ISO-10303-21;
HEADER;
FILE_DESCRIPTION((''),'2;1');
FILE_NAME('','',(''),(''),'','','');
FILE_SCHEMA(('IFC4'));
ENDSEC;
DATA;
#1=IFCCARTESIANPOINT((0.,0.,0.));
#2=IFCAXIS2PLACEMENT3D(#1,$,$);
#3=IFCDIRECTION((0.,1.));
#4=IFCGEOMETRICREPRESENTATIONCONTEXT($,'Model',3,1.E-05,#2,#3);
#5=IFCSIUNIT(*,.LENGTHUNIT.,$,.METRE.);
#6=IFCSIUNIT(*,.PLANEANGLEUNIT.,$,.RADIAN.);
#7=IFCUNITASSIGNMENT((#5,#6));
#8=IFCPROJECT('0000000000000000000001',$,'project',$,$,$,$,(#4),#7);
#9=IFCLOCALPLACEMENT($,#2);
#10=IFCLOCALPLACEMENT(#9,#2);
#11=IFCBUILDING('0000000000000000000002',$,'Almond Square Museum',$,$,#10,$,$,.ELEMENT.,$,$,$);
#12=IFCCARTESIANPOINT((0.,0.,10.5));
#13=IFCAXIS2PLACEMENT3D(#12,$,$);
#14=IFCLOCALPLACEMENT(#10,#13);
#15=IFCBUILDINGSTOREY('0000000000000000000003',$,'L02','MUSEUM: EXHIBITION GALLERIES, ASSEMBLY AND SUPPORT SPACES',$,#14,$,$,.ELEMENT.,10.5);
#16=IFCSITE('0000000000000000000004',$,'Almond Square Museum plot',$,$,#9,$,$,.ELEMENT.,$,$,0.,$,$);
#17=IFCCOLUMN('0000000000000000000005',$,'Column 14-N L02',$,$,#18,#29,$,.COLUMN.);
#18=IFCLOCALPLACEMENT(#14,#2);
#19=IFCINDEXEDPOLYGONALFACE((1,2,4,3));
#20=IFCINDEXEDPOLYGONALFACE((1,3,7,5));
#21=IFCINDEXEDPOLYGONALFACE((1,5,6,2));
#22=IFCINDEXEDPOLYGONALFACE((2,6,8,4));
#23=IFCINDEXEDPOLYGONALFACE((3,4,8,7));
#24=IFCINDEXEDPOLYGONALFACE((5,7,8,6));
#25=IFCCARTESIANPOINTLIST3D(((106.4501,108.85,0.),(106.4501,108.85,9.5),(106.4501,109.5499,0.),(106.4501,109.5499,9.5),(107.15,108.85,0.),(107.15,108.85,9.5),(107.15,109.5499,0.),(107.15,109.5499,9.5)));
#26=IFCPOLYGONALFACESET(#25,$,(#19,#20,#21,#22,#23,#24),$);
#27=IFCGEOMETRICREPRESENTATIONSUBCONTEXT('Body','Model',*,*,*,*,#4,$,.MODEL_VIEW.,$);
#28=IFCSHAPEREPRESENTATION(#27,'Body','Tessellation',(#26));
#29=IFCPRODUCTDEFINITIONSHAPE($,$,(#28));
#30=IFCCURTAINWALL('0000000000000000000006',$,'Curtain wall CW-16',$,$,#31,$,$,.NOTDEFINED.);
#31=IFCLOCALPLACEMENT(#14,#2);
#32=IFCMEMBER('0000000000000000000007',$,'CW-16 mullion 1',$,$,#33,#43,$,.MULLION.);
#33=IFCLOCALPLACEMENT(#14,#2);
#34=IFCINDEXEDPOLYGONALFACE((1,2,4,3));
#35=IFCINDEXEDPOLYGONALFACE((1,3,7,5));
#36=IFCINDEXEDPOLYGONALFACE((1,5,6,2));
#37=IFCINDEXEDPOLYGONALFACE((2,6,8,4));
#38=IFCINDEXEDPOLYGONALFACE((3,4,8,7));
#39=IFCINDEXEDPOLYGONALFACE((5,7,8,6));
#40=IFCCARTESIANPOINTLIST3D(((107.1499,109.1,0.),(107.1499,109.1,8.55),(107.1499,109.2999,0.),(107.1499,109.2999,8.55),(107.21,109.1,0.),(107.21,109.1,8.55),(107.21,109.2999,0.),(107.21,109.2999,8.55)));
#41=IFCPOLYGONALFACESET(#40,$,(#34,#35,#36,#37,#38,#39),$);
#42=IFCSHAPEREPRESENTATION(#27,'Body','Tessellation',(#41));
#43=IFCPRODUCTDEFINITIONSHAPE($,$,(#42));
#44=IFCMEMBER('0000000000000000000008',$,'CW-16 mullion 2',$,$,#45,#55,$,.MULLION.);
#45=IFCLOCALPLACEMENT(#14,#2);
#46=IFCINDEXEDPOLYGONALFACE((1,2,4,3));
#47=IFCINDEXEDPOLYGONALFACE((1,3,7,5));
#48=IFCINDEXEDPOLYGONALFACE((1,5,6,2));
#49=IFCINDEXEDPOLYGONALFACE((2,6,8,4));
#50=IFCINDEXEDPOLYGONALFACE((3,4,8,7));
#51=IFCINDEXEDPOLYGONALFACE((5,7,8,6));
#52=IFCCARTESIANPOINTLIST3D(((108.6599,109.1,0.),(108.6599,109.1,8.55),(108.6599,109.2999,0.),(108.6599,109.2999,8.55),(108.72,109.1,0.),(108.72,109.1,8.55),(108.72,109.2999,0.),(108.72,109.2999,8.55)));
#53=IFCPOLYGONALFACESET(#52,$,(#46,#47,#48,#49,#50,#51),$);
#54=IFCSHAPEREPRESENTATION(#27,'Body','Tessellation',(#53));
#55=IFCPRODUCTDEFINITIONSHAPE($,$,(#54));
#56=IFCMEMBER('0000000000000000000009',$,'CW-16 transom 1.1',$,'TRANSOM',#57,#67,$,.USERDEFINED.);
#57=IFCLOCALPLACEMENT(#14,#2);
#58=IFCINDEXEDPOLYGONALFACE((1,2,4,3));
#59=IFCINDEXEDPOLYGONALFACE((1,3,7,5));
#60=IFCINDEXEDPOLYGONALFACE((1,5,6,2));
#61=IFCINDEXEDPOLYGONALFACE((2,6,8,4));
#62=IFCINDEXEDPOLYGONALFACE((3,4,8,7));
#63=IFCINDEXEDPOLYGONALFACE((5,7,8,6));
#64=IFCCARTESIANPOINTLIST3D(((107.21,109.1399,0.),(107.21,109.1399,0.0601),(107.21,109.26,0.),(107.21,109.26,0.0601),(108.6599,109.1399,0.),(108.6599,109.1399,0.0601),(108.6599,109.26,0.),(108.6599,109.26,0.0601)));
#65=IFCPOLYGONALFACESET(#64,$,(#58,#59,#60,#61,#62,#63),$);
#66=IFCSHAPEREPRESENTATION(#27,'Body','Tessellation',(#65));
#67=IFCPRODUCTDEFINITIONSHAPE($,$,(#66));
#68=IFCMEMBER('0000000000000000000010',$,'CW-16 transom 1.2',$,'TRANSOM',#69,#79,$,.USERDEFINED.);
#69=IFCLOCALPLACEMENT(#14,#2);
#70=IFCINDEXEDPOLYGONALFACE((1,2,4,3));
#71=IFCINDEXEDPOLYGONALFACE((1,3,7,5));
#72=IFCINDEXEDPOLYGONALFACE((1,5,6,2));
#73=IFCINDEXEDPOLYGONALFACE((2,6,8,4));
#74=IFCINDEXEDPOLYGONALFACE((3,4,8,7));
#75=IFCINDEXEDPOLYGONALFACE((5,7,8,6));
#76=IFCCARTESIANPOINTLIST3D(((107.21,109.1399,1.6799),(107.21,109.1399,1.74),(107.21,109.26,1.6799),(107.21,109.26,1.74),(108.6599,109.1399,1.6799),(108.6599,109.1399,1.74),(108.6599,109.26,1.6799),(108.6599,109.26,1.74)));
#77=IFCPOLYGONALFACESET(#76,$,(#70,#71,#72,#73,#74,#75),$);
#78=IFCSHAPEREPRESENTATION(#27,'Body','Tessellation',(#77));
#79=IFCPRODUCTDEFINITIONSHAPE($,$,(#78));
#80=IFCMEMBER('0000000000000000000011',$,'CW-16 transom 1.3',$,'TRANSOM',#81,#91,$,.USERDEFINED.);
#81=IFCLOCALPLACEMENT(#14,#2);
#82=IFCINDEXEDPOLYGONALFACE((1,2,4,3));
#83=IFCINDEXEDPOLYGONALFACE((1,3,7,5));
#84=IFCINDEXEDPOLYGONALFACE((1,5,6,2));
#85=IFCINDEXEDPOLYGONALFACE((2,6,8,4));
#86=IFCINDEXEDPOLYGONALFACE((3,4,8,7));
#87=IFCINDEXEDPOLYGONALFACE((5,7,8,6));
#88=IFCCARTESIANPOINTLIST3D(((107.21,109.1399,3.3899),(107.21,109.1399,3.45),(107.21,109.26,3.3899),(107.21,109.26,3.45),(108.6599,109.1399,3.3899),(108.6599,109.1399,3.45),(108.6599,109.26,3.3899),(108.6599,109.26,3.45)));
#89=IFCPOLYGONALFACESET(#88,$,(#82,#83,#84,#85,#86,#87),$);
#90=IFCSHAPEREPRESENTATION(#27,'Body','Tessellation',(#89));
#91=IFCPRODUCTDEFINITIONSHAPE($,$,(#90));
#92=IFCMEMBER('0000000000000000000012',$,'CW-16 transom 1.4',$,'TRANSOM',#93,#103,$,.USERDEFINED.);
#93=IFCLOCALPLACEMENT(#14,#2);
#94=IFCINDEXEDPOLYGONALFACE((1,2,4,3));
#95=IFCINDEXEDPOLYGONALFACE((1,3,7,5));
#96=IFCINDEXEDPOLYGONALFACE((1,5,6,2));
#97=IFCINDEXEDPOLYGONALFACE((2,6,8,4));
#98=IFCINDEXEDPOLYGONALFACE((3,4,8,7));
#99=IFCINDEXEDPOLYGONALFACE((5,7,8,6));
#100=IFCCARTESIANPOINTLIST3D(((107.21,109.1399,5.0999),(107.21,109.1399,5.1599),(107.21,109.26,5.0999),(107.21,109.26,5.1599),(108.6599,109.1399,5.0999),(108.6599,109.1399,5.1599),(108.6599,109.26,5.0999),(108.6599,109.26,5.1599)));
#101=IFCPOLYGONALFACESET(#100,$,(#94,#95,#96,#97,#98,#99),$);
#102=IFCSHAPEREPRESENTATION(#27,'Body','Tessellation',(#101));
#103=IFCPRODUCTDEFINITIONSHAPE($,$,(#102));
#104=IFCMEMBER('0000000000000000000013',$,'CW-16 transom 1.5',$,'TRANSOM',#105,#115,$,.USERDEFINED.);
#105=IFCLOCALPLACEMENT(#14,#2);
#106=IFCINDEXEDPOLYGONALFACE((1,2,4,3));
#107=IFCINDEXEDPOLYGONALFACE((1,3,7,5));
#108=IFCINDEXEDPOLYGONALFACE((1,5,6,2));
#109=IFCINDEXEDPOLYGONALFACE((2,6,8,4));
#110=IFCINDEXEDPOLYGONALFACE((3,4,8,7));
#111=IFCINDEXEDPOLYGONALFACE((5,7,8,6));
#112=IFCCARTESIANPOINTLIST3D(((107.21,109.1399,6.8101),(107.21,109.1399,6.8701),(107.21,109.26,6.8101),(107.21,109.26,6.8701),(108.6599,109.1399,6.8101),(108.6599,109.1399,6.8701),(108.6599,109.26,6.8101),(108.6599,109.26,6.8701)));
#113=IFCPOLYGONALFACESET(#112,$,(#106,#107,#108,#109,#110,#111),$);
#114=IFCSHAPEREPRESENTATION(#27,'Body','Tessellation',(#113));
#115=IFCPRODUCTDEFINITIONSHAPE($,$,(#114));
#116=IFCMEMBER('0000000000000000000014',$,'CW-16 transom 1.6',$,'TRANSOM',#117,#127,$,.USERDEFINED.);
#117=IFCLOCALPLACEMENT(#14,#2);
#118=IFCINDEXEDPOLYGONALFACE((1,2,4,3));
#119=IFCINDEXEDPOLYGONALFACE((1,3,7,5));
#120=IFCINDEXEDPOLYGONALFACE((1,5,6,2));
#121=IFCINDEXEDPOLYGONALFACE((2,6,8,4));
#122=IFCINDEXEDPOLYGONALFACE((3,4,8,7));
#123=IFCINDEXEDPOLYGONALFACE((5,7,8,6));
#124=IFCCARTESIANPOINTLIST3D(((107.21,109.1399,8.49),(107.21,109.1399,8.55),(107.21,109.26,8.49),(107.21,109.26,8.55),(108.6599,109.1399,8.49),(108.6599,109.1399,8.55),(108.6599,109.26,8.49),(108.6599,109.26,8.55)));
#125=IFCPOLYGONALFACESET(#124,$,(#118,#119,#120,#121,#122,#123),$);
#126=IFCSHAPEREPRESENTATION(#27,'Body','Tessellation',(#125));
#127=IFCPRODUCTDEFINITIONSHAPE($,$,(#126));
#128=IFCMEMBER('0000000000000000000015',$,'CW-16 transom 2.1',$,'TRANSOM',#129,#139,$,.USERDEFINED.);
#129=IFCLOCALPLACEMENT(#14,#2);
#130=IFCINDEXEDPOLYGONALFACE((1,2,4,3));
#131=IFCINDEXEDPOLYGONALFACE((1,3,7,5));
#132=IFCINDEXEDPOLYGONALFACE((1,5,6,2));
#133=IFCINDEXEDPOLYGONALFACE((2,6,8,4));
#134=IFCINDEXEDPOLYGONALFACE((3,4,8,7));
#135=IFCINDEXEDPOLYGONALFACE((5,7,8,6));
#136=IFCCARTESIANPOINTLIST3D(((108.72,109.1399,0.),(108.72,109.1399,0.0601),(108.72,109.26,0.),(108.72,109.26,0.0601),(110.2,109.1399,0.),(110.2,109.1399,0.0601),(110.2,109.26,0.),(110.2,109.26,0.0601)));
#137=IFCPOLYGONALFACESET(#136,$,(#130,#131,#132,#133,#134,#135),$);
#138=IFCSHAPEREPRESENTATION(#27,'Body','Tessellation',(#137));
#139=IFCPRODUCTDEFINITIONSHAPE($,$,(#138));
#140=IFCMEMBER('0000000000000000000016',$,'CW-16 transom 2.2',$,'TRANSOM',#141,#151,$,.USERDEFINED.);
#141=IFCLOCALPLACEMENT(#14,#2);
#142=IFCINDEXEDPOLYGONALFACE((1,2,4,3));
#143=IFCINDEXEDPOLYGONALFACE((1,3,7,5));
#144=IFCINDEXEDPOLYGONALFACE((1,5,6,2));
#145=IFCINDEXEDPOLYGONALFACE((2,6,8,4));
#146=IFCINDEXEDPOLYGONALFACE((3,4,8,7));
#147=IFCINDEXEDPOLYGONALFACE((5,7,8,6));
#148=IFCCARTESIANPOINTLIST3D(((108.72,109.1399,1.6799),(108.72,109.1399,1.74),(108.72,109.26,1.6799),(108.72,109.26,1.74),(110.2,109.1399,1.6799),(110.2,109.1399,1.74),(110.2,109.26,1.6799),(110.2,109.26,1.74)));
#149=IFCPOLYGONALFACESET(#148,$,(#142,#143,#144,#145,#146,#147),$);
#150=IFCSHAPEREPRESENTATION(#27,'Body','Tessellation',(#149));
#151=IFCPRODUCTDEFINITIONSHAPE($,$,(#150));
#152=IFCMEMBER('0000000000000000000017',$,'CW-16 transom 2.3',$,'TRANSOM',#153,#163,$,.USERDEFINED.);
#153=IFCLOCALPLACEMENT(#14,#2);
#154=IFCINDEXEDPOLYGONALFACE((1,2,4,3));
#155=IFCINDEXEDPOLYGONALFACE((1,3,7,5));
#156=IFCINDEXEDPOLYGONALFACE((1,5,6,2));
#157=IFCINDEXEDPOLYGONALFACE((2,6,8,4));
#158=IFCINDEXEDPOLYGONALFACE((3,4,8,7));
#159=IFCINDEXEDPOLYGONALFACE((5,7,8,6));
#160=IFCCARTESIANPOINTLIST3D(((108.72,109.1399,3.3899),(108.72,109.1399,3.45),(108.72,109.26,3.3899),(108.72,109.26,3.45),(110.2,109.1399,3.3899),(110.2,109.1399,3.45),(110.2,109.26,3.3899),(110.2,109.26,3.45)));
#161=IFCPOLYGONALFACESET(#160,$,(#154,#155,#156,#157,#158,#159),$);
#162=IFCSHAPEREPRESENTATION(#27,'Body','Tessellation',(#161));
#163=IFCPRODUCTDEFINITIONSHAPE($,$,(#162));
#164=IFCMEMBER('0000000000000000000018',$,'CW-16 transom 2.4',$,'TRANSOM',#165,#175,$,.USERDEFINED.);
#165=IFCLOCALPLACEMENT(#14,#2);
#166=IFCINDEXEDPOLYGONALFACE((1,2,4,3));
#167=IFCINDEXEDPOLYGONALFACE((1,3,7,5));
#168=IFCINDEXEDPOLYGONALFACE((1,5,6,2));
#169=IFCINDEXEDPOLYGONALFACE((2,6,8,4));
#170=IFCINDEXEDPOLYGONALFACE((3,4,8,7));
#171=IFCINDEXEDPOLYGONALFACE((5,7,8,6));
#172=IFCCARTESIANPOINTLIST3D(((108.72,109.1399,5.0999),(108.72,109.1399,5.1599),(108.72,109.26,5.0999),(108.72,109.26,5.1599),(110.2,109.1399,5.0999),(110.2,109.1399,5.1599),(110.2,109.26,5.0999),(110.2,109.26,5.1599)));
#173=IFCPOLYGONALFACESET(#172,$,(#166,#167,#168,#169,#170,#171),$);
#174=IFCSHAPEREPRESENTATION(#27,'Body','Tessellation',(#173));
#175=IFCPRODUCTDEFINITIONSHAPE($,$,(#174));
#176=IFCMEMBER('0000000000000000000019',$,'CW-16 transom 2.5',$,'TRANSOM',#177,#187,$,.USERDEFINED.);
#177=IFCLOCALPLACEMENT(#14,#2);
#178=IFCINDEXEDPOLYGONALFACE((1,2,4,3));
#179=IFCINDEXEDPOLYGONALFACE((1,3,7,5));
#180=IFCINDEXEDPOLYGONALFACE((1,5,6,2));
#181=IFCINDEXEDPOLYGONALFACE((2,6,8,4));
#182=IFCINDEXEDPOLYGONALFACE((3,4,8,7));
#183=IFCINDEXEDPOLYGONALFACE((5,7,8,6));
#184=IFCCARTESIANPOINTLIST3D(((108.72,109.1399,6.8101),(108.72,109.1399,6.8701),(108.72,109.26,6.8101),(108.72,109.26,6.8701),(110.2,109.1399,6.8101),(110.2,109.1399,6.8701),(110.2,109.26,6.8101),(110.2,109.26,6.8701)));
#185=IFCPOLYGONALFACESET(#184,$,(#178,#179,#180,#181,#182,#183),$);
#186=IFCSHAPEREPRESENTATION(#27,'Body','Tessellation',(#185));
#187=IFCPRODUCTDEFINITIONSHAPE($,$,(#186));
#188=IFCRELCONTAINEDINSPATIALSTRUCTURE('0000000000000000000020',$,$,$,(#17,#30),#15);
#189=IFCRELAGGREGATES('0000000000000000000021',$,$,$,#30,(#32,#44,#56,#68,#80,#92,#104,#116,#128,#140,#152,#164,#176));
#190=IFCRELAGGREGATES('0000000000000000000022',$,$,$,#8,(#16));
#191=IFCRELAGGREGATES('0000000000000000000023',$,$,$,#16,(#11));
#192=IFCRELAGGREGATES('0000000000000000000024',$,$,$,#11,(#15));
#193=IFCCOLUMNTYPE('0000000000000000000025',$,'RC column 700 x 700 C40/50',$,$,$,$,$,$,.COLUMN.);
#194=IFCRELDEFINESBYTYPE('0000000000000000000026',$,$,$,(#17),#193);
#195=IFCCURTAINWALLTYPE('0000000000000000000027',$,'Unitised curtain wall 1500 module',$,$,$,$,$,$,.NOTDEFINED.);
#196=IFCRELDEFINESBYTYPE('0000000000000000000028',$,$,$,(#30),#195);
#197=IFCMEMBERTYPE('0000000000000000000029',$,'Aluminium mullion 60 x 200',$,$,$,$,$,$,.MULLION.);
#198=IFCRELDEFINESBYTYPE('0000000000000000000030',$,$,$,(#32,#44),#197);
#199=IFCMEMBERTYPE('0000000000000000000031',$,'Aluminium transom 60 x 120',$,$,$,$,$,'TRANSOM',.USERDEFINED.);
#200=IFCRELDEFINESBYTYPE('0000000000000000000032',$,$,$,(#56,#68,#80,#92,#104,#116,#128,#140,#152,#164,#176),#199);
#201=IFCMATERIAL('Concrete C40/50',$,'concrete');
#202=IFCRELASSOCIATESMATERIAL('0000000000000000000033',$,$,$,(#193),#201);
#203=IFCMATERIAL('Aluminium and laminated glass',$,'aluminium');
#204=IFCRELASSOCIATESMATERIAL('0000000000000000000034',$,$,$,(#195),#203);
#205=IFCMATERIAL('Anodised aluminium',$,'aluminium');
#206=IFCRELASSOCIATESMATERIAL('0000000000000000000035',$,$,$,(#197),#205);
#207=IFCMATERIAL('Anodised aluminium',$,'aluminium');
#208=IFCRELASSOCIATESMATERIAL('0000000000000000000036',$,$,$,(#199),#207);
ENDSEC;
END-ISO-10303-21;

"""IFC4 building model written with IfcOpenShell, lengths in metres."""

from ifc_helpers import new_model, si_unit, direction, frame, origin, origin_2d, place, context, subcontext, project, spatial, rectangle, extrude, material, material_profile, profile_set, type_object, element, aggregate, save


model = new_model("IFC4")

# Units and contexts
model_context = context("Model", 3, precision=1e-05, world=origin(), true_north=direction((0.0, 1.0)))
body_context = subcontext(model_context, "Body", "Model", "MODEL_VIEW")
ifc_project = project(units=[si_unit("LENGTHUNIT", "METRE"), si_unit("PLANEANGLEUNIT", "RADIAN")], contexts=[model_context])

# Site, building, storey
site_placement = place(None, origin())
site = spatial("IfcSite", under=ifc_project, at=site_placement, Name="Almond Square Museum plot", CompositionType="ELEMENT", RefElevation=0.0)
building_placement = place(site_placement, origin())
building = spatial("IfcBuilding", under=site, at=building_placement, Name="Almond Square Museum", CompositionType="ELEMENT")
storey_placement = place(building_placement, frame((0.0, 0.0, 10.5)))
storey = spatial("IfcBuildingStorey", under=building, at=storey_placement, Name="L02", Description="MUSEUM: EXHIBITION GALLERIES, ASSEMBLY AND SUPPORT SPACES", CompositionType="ELEMENT", Elevation=10.5)

# Column
ifc_material_1 = material(Name="Concrete C40/50", Category="concrete")
ifc_material_profile_1 = material_profile(ifc_material_1, rectangle(XDim=0.7, YDim=0.7, at=origin_2d()))
ifc_profile_set_1 = profile_set([ifc_material_profile_1], Name="Concrete C40/50")
column_type = type_object("IfcColumnType", Name="RC column 700 x 700 C40/50", PredefinedType="COLUMN", material=ifc_profile_set_1)
column_placement = place(storey_placement, frame((106.8, 109.2, 0.0), z_axis=(0.0, 0.0, 1.0), x_axis=(1.0, 0.0, 0.0)))
element("IfcColumn", 1, at=column_placement, inside=storey, type_object=column_type, Name="Column 14-N L02", PredefinedType="COLUMN", context=body_context, shape_type="SweptSolid", body=[
    extrude(rectangle(XDim=0.7, YDim=0.7, at=origin_2d()), origin(), (0.0, 0.0, 1.0), 9.5),
])

# Curtain wall, members
ifc_material_2 = material(Name="Aluminium and laminated glass", Category="aluminium")
curtain_wall_type = type_object("IfcCurtainWallType", Name="Unitised curtain wall 1500 module", PredefinedType="NOTDEFINED", material=ifc_material_2)
curtain_wall_placement = place(storey_placement, origin())
curtain_wall = element("IfcCurtainWall", 2, at=curtain_wall_placement, inside=storey, type_object=curtain_wall_type, Name="Curtain wall CW-16", PredefinedType="NOTDEFINED")
ifc_material_3 = material(Name="Anodised aluminium", Category="aluminium")
ifc_material_profile_2 = material_profile(ifc_material_3, rectangle(XDim=0.2, YDim=0.0601, at=origin_2d()))
ifc_profile_set_2 = profile_set([ifc_material_profile_2], Name="Anodised aluminium")
member_type_1 = type_object("IfcMemberType", Name="Aluminium mullion 60 x 200", PredefinedType="MULLION", material=ifc_profile_set_2)
member_1_placement = place(storey_placement, frame((107.1799, 109.2, 0.0), z_axis=(0.0, 0.0, 1.0), x_axis=(0.0, 1.0, 0.0)))
member_1 = element("IfcMember", 3, at=member_1_placement, type_object=member_type_1, Name="CW-16 mullion 1", PredefinedType="MULLION", context=body_context, shape_type="SweptSolid", body=[
    extrude(rectangle(XDim=0.2, YDim=0.0601, at=origin_2d()), origin(), (0.0, 0.0, 1.0), 8.55),
])
member_2_placement = place(storey_placement, frame((108.6899, 109.2, 0.0), z_axis=(0.0, 0.0, 1.0), x_axis=(0.0, 1.0, 0.0)))
member_2 = element("IfcMember", 4, at=member_2_placement, type_object=member_type_1, Name="CW-16 mullion 2", PredefinedType="MULLION", context=body_context, shape_type="SweptSolid", body=[
    extrude(rectangle(XDim=0.2, YDim=0.0601, at=origin_2d()), origin(), (0.0, 0.0, 1.0), 8.55),
])
ifc_material_4 = material(Name="Anodised aluminium", Category="aluminium")
ifc_material_profile_3 = material_profile(ifc_material_4, rectangle(XDim=0.1201, YDim=0.0601, at=origin_2d()))
ifc_profile_set_3 = profile_set([ifc_material_profile_3], Name="Anodised aluminium")
member_type_2 = type_object("IfcMemberType", Name="Aluminium transom 60 x 120", ElementType="TRANSOM", PredefinedType="USERDEFINED", material=ifc_profile_set_3)
member_3_placement = place(storey_placement, frame((107.21, 109.2, 0.03), z_axis=(1.0, 0.0, 0.0), x_axis=(0.0, 1.0, 0.0)))
member_3 = element("IfcMember", 5, at=member_3_placement, type_object=member_type_2, Name="CW-16 transom 1.1", ObjectType="TRANSOM", PredefinedType="USERDEFINED", context=body_context, shape_type="SweptSolid", body=[
    extrude(rectangle(XDim=0.1201, YDim=0.0601, at=origin_2d()), origin(), (0.0, 0.0, 1.0), 1.45),
])
member_4_placement = place(storey_placement, frame((107.21, 109.2, 1.71), z_axis=(1.0, 0.0, 0.0), x_axis=(0.0, 1.0, 0.0)))
member_4 = element("IfcMember", 6, at=member_4_placement, type_object=member_type_2, Name="CW-16 transom 1.2", ObjectType="TRANSOM", PredefinedType="USERDEFINED", context=body_context, shape_type="SweptSolid", body=[
    extrude(rectangle(XDim=0.1201, YDim=0.0601, at=origin_2d()), origin(), (0.0, 0.0, 1.0), 1.45),
])
member_5_placement = place(storey_placement, frame((107.21, 109.2, 3.4199), z_axis=(1.0, 0.0, 0.0), x_axis=(0.0, 1.0, 0.0)))
member_5 = element("IfcMember", 7, at=member_5_placement, type_object=member_type_2, Name="CW-16 transom 1.3", ObjectType="TRANSOM", PredefinedType="USERDEFINED", context=body_context, shape_type="SweptSolid", body=[
    extrude(rectangle(XDim=0.1201, YDim=0.0601, at=origin_2d()), origin(), (0.0, 0.0, 1.0), 1.45),
])
member_6_placement = place(storey_placement, frame((107.21, 109.2, 5.1299), z_axis=(1.0, 0.0, 0.0), x_axis=(0.0, 1.0, 0.0)))
member_6 = element("IfcMember", 8, at=member_6_placement, type_object=member_type_2, Name="CW-16 transom 1.4", ObjectType="TRANSOM", PredefinedType="USERDEFINED", context=body_context, shape_type="SweptSolid", body=[
    extrude(rectangle(XDim=0.1201, YDim=0.0601, at=origin_2d()), origin(), (0.0, 0.0, 1.0), 1.45),
])
member_7_placement = place(storey_placement, frame((107.21, 109.2, 6.8401), z_axis=(1.0, 0.0, 0.0), x_axis=(0.0, 1.0, 0.0)))
member_7 = element("IfcMember", 9, at=member_7_placement, type_object=member_type_2, Name="CW-16 transom 1.5", ObjectType="TRANSOM", PredefinedType="USERDEFINED", context=body_context, shape_type="SweptSolid", body=[
    extrude(rectangle(XDim=0.1201, YDim=0.0601, at=origin_2d()), origin(), (0.0, 0.0, 1.0), 1.45),
])
member_8_placement = place(storey_placement, frame((107.21, 109.2, 8.52), z_axis=(1.0, 0.0, 0.0), x_axis=(0.0, 1.0, 0.0)))
member_8 = element("IfcMember", 10, at=member_8_placement, type_object=member_type_2, Name="CW-16 transom 1.6", ObjectType="TRANSOM", PredefinedType="USERDEFINED", context=body_context, shape_type="SweptSolid", body=[
    extrude(rectangle(XDim=0.1201, YDim=0.0601, at=origin_2d()), origin(), (0.0, 0.0, 1.0), 1.45),
])
member_9_placement = place(storey_placement, frame((108.72, 109.2, 0.03), z_axis=(1.0, 0.0, 0.0), x_axis=(0.0, 1.0, 0.0)))
member_9 = element("IfcMember", 11, at=member_9_placement, type_object=member_type_2, Name="CW-16 transom 2.1", ObjectType="TRANSOM", PredefinedType="USERDEFINED", context=body_context, shape_type="SweptSolid", body=[
    extrude(rectangle(XDim=0.1201, YDim=0.0601, at=origin_2d()), origin(), (0.0, 0.0, 1.0), 1.48),
])
member_10_placement = place(storey_placement, frame((108.72, 109.2, 1.71), z_axis=(1.0, 0.0, 0.0), x_axis=(0.0, 1.0, 0.0)))
member_10 = element("IfcMember", 12, at=member_10_placement, type_object=member_type_2, Name="CW-16 transom 2.2", ObjectType="TRANSOM", PredefinedType="USERDEFINED", context=body_context, shape_type="SweptSolid", body=[
    extrude(rectangle(XDim=0.1201, YDim=0.0601, at=origin_2d()), origin(), (0.0, 0.0, 1.0), 1.48),
])
member_11_placement = place(storey_placement, frame((108.72, 109.2, 3.4199), z_axis=(1.0, 0.0, 0.0), x_axis=(0.0, 1.0, 0.0)))
member_11 = element("IfcMember", 13, at=member_11_placement, type_object=member_type_2, Name="CW-16 transom 2.3", ObjectType="TRANSOM", PredefinedType="USERDEFINED", context=body_context, shape_type="SweptSolid", body=[
    extrude(rectangle(XDim=0.1201, YDim=0.0601, at=origin_2d()), origin(), (0.0, 0.0, 1.0), 1.48),
])
member_12_placement = place(storey_placement, frame((108.72, 109.2, 5.1299), z_axis=(1.0, 0.0, 0.0), x_axis=(0.0, 1.0, 0.0)))
member_12 = element("IfcMember", 14, at=member_12_placement, type_object=member_type_2, Name="CW-16 transom 2.4", ObjectType="TRANSOM", PredefinedType="USERDEFINED", context=body_context, shape_type="SweptSolid", body=[
    extrude(rectangle(XDim=0.1201, YDim=0.0601, at=origin_2d()), origin(), (0.0, 0.0, 1.0), 1.48),
])
member_13_placement = place(storey_placement, frame((108.72, 109.2, 6.8401), z_axis=(1.0, 0.0, 0.0), x_axis=(0.0, 1.0, 0.0)))
member_13 = element("IfcMember", 15, at=member_13_placement, type_object=member_type_2, Name="CW-16 transom 2.5", ObjectType="TRANSOM", PredefinedType="USERDEFINED", context=body_context, shape_type="SweptSolid", body=[
    extrude(rectangle(XDim=0.1201, YDim=0.0601, at=origin_2d()), origin(), (0.0, 0.0, 1.0), 1.48),
])

aggregate(curtain_wall, [member_1, member_2, member_3, member_4, member_5, member_6, member_7, member_8, member_9, member_10, member_11, member_12, member_13])

save(model, "model.ifc")
